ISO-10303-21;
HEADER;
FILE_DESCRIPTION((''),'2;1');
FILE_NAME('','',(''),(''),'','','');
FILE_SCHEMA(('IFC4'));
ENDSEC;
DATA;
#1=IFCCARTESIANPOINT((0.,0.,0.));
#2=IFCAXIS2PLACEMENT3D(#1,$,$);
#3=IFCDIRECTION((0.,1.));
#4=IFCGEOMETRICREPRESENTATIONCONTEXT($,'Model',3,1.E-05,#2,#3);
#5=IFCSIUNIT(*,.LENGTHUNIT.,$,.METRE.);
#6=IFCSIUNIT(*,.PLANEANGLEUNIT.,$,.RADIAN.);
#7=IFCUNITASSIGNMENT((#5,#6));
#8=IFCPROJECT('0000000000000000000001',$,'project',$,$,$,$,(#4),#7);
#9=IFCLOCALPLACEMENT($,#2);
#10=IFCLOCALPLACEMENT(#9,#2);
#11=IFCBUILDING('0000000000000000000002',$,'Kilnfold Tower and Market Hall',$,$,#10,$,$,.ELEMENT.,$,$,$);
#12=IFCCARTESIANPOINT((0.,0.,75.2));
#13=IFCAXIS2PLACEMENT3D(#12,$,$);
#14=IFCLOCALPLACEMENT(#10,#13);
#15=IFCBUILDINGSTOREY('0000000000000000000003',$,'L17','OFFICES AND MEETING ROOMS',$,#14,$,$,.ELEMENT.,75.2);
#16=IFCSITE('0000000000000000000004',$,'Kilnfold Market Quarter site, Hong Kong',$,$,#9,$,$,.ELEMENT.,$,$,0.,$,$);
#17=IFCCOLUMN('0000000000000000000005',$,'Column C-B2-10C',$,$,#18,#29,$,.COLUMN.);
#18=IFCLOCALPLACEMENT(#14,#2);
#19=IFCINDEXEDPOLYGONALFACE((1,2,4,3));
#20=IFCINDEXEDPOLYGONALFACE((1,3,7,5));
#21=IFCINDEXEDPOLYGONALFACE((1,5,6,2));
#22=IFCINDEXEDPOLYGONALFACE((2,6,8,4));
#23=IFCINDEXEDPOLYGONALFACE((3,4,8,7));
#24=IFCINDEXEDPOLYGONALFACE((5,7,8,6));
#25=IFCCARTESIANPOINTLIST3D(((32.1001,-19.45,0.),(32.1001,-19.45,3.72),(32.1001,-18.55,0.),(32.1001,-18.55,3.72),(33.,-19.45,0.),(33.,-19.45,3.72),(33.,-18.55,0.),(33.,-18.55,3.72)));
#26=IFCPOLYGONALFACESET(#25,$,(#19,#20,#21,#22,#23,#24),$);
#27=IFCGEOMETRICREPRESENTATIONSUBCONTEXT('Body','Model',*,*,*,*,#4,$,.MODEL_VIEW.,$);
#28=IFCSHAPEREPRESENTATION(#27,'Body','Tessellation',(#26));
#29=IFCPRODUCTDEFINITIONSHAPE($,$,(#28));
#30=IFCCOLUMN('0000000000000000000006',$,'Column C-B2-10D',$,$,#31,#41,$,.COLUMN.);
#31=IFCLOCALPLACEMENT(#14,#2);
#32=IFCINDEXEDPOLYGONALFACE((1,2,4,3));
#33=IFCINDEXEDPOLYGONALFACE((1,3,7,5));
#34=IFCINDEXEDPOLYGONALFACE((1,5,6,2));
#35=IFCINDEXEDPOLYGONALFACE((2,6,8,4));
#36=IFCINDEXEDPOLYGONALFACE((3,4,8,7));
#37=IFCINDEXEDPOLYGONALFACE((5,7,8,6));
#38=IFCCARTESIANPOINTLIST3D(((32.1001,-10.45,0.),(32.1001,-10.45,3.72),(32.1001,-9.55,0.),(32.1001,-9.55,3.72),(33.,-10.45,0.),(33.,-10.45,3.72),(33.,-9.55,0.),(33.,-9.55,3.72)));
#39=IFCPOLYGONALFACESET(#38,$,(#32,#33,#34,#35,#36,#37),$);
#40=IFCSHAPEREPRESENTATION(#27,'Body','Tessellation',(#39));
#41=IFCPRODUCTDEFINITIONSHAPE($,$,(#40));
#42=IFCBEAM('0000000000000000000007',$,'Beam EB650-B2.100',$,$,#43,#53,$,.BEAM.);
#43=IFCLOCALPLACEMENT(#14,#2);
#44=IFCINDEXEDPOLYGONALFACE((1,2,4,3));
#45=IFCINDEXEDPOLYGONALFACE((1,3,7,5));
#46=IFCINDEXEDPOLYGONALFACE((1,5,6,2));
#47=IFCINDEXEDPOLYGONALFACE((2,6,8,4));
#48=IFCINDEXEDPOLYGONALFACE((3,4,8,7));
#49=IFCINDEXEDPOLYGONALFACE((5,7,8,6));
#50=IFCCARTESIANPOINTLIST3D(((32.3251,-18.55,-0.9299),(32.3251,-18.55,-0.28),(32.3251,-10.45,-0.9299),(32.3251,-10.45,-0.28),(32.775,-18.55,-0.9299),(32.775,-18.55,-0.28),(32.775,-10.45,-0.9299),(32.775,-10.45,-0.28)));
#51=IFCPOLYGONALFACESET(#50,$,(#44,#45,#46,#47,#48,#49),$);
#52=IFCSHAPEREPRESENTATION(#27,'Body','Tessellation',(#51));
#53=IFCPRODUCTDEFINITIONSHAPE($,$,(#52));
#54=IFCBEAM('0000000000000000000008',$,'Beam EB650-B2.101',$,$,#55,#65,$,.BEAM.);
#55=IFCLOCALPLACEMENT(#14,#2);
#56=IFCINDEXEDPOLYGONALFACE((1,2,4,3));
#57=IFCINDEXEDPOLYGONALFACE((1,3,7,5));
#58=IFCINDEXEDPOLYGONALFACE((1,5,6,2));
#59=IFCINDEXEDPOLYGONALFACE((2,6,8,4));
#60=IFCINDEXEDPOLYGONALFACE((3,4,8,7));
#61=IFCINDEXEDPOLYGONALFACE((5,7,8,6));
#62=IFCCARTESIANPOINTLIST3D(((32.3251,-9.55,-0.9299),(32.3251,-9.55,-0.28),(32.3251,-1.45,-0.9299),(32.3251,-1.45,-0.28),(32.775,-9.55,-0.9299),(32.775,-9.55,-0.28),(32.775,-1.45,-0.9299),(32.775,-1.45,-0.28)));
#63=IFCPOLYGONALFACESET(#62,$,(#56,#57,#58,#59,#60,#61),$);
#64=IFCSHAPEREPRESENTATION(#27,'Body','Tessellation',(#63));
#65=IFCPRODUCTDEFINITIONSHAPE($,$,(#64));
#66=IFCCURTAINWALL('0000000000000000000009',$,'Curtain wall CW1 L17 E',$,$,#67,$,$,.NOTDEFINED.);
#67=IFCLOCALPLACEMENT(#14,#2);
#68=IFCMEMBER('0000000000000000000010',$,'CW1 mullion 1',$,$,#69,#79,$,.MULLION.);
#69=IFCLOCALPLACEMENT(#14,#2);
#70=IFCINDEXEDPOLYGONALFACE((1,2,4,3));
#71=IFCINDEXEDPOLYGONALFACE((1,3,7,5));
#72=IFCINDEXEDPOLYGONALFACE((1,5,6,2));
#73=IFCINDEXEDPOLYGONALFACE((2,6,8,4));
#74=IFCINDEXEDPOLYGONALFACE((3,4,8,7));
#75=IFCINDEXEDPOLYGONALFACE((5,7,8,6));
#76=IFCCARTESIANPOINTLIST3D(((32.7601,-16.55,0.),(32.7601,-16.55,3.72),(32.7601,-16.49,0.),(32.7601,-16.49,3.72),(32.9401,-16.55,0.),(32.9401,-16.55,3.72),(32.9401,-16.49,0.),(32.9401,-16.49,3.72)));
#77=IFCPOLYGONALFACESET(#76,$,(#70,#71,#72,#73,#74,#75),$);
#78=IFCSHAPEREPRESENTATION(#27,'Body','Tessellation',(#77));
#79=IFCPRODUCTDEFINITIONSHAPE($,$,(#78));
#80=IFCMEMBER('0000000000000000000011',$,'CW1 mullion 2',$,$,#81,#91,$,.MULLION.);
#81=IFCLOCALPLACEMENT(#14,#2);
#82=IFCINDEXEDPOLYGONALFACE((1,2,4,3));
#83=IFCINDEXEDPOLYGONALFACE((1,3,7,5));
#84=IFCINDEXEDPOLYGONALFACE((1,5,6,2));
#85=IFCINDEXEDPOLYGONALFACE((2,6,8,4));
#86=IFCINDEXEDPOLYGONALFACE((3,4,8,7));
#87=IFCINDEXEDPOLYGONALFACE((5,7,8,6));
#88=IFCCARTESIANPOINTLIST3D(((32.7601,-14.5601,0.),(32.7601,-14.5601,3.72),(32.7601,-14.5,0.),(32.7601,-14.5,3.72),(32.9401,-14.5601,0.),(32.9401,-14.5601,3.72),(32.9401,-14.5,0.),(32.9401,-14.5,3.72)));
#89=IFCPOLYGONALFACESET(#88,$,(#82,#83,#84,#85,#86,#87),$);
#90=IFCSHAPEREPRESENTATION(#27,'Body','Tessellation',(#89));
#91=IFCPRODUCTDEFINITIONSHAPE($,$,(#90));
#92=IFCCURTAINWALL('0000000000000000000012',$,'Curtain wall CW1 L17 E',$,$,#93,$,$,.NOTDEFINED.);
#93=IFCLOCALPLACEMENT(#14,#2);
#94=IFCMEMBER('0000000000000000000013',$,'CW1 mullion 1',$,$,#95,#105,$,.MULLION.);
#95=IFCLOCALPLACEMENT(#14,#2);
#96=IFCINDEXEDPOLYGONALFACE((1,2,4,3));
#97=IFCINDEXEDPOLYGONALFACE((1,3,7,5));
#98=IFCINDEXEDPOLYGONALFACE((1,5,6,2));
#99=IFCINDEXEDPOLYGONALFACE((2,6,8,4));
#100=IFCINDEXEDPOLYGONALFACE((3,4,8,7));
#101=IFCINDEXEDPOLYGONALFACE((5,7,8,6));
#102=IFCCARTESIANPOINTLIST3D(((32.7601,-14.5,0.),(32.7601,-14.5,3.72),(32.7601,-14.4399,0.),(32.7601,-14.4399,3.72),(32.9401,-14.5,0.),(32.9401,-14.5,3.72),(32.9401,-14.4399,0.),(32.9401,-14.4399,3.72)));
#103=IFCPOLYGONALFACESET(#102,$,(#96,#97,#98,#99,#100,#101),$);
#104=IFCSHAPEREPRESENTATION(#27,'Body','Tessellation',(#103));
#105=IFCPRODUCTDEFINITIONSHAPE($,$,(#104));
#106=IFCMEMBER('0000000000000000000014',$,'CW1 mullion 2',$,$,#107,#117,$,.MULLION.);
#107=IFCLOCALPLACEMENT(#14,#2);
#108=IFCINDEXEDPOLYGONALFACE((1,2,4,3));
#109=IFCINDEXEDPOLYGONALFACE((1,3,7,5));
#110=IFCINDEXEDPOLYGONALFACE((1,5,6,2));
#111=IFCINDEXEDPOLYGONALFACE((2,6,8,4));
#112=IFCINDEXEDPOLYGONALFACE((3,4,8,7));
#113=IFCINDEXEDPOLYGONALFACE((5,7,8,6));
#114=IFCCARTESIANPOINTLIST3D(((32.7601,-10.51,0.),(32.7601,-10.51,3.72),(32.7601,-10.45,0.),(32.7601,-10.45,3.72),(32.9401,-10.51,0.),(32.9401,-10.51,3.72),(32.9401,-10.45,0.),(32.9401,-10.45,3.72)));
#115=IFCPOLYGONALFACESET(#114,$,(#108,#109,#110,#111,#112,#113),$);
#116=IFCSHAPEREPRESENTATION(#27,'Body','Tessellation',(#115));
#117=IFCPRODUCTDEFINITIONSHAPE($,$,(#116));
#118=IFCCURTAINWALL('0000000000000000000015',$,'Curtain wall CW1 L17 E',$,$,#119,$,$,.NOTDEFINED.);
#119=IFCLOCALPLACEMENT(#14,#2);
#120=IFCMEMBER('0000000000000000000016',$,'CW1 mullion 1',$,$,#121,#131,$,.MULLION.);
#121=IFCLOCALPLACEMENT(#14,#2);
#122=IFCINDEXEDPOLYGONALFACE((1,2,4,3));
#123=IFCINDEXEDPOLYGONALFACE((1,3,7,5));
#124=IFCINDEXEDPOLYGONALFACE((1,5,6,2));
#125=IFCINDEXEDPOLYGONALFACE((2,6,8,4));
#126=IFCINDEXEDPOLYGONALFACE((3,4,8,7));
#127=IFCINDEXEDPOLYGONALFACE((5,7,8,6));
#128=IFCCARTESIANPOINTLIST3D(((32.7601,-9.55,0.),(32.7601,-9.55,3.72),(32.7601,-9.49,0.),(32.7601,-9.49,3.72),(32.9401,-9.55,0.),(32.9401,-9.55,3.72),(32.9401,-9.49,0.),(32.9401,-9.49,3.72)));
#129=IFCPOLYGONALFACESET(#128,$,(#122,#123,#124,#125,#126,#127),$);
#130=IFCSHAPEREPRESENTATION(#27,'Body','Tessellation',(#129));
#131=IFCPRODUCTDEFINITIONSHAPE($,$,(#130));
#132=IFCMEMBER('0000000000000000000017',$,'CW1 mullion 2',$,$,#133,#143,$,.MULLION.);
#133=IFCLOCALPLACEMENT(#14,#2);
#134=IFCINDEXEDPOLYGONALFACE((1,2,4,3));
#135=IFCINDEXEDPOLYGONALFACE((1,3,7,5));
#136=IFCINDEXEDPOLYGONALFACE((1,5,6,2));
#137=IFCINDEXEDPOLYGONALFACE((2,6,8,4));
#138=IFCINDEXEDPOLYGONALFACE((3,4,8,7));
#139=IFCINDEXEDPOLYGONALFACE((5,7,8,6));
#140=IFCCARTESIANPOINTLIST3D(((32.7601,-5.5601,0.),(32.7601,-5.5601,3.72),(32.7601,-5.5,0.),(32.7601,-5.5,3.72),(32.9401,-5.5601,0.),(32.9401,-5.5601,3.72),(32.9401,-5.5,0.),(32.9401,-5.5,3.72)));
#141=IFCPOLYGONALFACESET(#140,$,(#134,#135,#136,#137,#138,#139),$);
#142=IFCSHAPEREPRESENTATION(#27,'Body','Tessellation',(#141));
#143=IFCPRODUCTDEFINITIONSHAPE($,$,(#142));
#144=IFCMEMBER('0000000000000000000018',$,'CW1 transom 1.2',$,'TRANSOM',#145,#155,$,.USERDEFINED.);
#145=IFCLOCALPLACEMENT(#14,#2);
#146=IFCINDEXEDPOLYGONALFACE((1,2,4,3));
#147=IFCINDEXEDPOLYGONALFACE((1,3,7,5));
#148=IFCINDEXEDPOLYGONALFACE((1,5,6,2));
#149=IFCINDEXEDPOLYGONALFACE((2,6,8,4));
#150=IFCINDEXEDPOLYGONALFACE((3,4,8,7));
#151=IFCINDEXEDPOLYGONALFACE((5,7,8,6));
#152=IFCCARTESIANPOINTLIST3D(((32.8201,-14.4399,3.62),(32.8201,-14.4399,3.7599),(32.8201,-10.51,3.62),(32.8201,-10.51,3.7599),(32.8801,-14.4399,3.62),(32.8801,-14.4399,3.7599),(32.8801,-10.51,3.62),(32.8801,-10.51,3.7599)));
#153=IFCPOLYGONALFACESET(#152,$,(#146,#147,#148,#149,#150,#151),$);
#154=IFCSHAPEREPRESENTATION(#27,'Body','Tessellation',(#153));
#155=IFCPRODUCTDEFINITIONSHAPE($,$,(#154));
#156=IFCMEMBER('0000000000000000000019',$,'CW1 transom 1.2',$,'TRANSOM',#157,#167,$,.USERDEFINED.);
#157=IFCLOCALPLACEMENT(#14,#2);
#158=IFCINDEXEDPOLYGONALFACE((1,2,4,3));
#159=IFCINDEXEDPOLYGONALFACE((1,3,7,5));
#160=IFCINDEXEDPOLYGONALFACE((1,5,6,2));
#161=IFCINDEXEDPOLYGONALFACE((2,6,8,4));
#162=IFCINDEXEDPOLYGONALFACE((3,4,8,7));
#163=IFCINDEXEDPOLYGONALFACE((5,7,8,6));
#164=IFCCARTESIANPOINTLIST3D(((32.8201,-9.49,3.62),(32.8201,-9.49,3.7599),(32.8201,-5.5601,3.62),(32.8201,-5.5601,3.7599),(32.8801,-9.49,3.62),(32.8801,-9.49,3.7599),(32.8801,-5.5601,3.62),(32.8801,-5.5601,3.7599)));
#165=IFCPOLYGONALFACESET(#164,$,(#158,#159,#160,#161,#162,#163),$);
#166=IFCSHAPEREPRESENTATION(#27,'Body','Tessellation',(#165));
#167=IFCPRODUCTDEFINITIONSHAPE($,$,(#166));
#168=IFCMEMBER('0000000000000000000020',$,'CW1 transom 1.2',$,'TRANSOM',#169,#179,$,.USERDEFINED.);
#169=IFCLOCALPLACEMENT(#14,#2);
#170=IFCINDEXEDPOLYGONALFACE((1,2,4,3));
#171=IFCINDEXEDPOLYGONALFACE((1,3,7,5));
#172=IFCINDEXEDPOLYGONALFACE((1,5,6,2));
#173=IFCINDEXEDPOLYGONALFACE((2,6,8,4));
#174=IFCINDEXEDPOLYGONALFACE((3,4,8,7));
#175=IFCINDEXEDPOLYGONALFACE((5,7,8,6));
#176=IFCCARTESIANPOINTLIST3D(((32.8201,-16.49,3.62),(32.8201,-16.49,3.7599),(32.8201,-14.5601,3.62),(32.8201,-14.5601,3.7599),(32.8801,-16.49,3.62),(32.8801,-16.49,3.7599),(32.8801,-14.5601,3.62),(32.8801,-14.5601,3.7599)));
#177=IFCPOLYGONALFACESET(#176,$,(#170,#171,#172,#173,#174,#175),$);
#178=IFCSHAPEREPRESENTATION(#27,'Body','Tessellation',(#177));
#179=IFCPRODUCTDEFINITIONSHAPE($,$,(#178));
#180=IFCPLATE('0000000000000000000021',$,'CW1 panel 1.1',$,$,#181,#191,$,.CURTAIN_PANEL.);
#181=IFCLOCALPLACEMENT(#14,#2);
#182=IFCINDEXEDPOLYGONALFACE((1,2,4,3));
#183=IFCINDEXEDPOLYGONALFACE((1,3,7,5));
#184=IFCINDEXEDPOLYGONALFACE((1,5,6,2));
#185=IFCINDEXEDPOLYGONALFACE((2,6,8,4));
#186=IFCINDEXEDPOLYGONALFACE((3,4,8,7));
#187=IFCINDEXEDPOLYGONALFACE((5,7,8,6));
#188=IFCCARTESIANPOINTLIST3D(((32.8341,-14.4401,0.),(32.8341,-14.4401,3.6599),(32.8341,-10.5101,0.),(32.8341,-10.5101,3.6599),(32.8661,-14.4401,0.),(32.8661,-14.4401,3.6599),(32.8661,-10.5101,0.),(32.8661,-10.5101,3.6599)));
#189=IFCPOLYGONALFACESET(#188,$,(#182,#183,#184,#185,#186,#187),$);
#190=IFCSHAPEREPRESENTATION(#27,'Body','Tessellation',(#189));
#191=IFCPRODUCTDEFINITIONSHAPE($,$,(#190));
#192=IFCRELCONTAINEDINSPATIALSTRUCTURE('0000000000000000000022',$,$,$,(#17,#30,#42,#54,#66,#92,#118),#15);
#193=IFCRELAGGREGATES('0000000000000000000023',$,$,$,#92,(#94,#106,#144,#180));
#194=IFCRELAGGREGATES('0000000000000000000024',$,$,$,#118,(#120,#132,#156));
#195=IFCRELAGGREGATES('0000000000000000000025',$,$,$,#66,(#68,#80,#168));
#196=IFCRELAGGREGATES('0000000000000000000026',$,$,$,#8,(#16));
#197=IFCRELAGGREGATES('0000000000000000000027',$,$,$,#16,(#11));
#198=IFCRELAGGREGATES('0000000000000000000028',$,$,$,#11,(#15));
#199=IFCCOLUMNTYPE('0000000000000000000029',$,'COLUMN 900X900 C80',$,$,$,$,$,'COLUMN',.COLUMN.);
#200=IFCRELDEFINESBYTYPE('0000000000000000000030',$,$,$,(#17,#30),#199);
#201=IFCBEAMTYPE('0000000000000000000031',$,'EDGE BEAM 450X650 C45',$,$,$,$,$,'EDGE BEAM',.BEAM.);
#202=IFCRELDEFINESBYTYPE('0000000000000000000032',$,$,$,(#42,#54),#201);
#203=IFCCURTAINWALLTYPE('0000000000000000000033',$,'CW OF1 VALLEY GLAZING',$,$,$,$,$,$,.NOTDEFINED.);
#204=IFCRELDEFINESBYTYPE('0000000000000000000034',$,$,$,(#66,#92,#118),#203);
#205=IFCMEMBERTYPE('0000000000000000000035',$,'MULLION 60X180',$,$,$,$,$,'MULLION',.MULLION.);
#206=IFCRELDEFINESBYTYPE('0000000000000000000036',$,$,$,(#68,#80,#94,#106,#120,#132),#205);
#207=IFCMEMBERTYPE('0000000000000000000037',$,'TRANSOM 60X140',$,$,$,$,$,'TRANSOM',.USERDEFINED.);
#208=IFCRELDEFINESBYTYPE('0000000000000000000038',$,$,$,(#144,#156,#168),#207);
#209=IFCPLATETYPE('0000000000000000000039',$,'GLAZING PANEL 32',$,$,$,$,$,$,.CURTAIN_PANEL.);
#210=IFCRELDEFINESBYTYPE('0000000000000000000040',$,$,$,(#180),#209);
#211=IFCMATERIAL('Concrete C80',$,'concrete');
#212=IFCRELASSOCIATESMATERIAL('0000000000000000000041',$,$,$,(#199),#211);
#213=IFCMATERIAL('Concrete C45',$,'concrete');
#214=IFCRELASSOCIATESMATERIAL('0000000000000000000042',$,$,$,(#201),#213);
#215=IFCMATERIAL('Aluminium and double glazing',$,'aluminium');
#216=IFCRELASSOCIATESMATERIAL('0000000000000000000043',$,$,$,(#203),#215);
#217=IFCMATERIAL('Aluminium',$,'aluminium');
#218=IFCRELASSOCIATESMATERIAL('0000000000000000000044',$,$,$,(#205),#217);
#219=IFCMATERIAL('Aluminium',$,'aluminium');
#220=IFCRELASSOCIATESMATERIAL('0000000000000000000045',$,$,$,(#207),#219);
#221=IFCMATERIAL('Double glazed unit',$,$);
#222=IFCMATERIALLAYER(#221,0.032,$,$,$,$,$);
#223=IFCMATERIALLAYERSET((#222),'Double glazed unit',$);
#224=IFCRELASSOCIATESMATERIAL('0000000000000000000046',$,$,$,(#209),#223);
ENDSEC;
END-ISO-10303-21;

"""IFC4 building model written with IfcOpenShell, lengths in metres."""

from ifc_helpers import new_model, si_unit, direction, frame, origin, origin_2d, place, context, subcontext, project, spatial, rectangle, extrude, source, transform, mapped, material, layer, layer_set, material_profile, profile_set, type_object, element, aggregate, save


model = new_model("IFC4")

# Units and contexts
model_context = context("Model", 3, precision=1e-05, world=origin(), true_north=direction((0.0, 1.0)))
body_context = subcontext(model_context, "Body", "Model", "MODEL_VIEW")
ifc_project = project(units=[si_unit("LENGTHUNIT", "METRE"), si_unit("PLANEANGLEUNIT", "RADIAN")], contexts=[model_context])

# Site, building, storey
site_placement = place(None, origin())
site = spatial("IfcSite", under=ifc_project, at=site_placement, Name="Kilnfold Market Quarter site, Hong Kong", CompositionType="ELEMENT", RefElevation=0.0)
building_placement = place(site_placement, origin())
building = spatial("IfcBuilding", under=site, at=building_placement, Name="Kilnfold Tower and Market Hall", CompositionType="ELEMENT")
storey_placement = place(building_placement, frame((0.0, 0.0, 75.2)))
storey = spatial("IfcBuildingStorey", under=building, at=storey_placement, Name="L17", Description="OFFICES AND MEETING ROOMS", CompositionType="ELEMENT", Elevation=75.2)

# Columns
ifc_material_1 = material(Name="Concrete C80", Category="concrete")
ifc_material_profile_1 = material_profile(ifc_material_1, rectangle(XDim=0.8999, YDim=0.8999, at=origin_2d()), Name="RC 900x900")
ifc_profile_set_1 = profile_set([ifc_material_profile_1], Name="Concrete C80")
column_type = type_object("IfcColumnType", Name="COLUMN 900X900 C80", ElementType="COLUMN", PredefinedType="COLUMN", material=ifc_profile_set_1)
shared_shape_1 = source(origin(), body_context, "Body", "SweptSolid", [
    extrude(rectangle(XDim=0.8999, YDim=0.8999, at=origin_2d()), origin(), (0.0, 0.0, 1.0), 3.72),
])
for number, where, z_axis, x_axis, name in (
    (1, (32.55, -19.0, 0.0), (0.0, 0.0, 1.0), (1.0, 0.0, 0.0), "Column C-B2-10C"),
    (2, (32.55, -10.0, 0.0), (0.0, 0.0, 1.0), (1.0, 0.0, 0.0), "Column C-B2-10D"),
):
    element("IfcColumn", number, at=place(storey_placement, frame(where, z_axis=z_axis, x_axis=x_axis)), inside=storey, type_object=column_type, Name=name, PredefinedType="COLUMN", context=body_context, shape_type="MappedRepresentation", body=[
        mapped(shared_shape_1, transform((0.0, 0.0, 0.0))),
    ])

# Beams
ifc_material_2 = material(Name="Concrete C45", Category="concrete")
ifc_material_profile_2 = material_profile(ifc_material_2, rectangle(XDim=0.45, YDim=0.6499, at=origin_2d()), Name="RC 450x650")
ifc_profile_set_2 = profile_set([ifc_material_profile_2], Name="Concrete C45")
beam_type = type_object("IfcBeamType", Name="EDGE BEAM 450X650 C45", ElementType="EDGE BEAM", PredefinedType="BEAM", material=ifc_profile_set_2)
shared_shape_2 = source(origin(), body_context, "Body", "SweptSolid", [
    extrude(rectangle(XDim=0.45, YDim=0.6499, at=origin_2d()), origin(), (0.0, 0.0, 1.0), 8.1001),
])
for number, where, z_axis, x_axis, name in (
    (3, (32.55, -18.55, -0.605), (0.0, 1.0, 0.0), (-1.0, 0.0, 0.0), "Beam EB650-B2.100"),
    (4, (32.55, -9.55, -0.605), (0.0, 1.0, 0.0), (-1.0, 0.0, 0.0), "Beam EB650-B2.101"),
):
    element("IfcBeam", number, at=place(storey_placement, frame(where, z_axis=z_axis, x_axis=x_axis)), inside=storey, type_object=beam_type, Name=name, PredefinedType="BEAM", context=body_context, shape_type="MappedRepresentation", body=[
        mapped(shared_shape_2, transform((0.0, 0.0, 0.0))),
    ])

# Curtain walls, members
ifc_material_3 = material(Name="Aluminium and double glazing", Category="aluminium")
curtain_wall_type = type_object("IfcCurtainWallType", Name="CW OF1 VALLEY GLAZING", PredefinedType="NOTDEFINED", material=ifc_material_3)
curtain_wall_1_placement = place(storey_placement, origin())
curtain_wall_1 = element("IfcCurtainWall", 5, at=curtain_wall_1_placement, inside=storey, type_object=curtain_wall_type, Name="Curtain wall CW1 L17 E", PredefinedType="NOTDEFINED")
ifc_material_4 = material(Name="Aluminium", Category="aluminium")
ifc_material_profile_3 = material_profile(ifc_material_4, rectangle(XDim=0.0601, YDim=0.1799, at=origin_2d()), Name="MULLION 60x180")
ifc_profile_set_3 = profile_set([ifc_material_profile_3], Name="Aluminium")
member_type_1 = type_object("IfcMemberType", Name="MULLION 60X180", ElementType="MULLION", PredefinedType="MULLION", material=ifc_profile_set_3)
shared_shape_3 = source(origin(), body_context, "Body", "SweptSolid", [
    extrude(rectangle(XDim=0.0601, YDim=0.1799, at=origin_2d()), origin(), (0.0, 0.0, 1.0), 3.72),
])
member_1_placement = place(storey_placement, frame((32.8501, -16.52, 0.0), z_axis=(0.0, 0.0, 1.0), x_axis=(0.0, 1.0, 0.0)))
member_1 = element("IfcMember", 6, at=member_1_placement, type_object=member_type_1, Name="CW1 mullion 1", PredefinedType="MULLION", context=body_context, shape_type="MappedRepresentation", body=[
    mapped(shared_shape_3, transform((0.0, 0.0, 0.0))),
])
member_2_placement = place(storey_placement, frame((32.8501, -14.53, 0.0), z_axis=(0.0, 0.0, 1.0), x_axis=(0.0, 1.0, 0.0)))
member_2 = element("IfcMember", 7, at=member_2_placement, type_object=member_type_1, Name="CW1 mullion 2", PredefinedType="MULLION", context=body_context, shape_type="MappedRepresentation", body=[
    mapped(shared_shape_3, transform((0.0, 0.0, 0.0))),
])
curtain_wall_2_placement = place(storey_placement, origin())
curtain_wall_2 = element("IfcCurtainWall", 8, at=curtain_wall_2_placement, inside=storey, type_object=curtain_wall_type, Name="Curtain wall CW1 L17 E", PredefinedType="NOTDEFINED")
member_3_placement = place(storey_placement, frame((32.8501, -14.47, 0.0), z_axis=(0.0, 0.0, 1.0), x_axis=(0.0, 1.0, 0.0)))
member_3 = element("IfcMember", 9, at=member_3_placement, type_object=member_type_1, Name="CW1 mullion 1", PredefinedType="MULLION", context=body_context, shape_type="MappedRepresentation", body=[
    mapped(shared_shape_3, transform((0.0, 0.0, 0.0))),
])
member_4_placement = place(storey_placement, frame((32.8501, -10.48, 0.0), z_axis=(0.0, 0.0, 1.0), x_axis=(0.0, 1.0, 0.0)))
member_4 = element("IfcMember", 10, at=member_4_placement, type_object=member_type_1, Name="CW1 mullion 2", PredefinedType="MULLION", context=body_context, shape_type="MappedRepresentation", body=[
    mapped(shared_shape_3, transform((0.0, 0.0, 0.0))),
])
curtain_wall_3_placement = place(storey_placement, origin())
curtain_wall_3 = element("IfcCurtainWall", 11, at=curtain_wall_3_placement, inside=storey, type_object=curtain_wall_type, Name="Curtain wall CW1 L17 E", PredefinedType="NOTDEFINED")
member_5_placement = place(storey_placement, frame((32.8501, -9.52, 0.0), z_axis=(0.0, 0.0, 1.0), x_axis=(0.0, 1.0, 0.0)))
member_5 = element("IfcMember", 12, at=member_5_placement, type_object=member_type_1, Name="CW1 mullion 1", PredefinedType="MULLION", context=body_context, shape_type="MappedRepresentation", body=[
    mapped(shared_shape_3, transform((0.0, 0.0, 0.0))),
])
member_6_placement = place(storey_placement, frame((32.8501, -5.53, 0.0), z_axis=(0.0, 0.0, 1.0), x_axis=(0.0, 1.0, 0.0)))
member_6 = element("IfcMember", 13, at=member_6_placement, type_object=member_type_1, Name="CW1 mullion 2", PredefinedType="MULLION", context=body_context, shape_type="MappedRepresentation", body=[
    mapped(shared_shape_3, transform((0.0, 0.0, 0.0))),
])

# Members
ifc_material_5 = material(Name="Aluminium", Category="aluminium")
ifc_material_profile_4 = material_profile(ifc_material_5, rectangle(XDim=0.0601, YDim=0.1399, at=origin_2d()), Name="TRANSOM 60x140")
ifc_profile_set_4 = profile_set([ifc_material_profile_4], Name="Aluminium")
member_type_2 = type_object("IfcMemberType", Name="TRANSOM 60X140", ElementType="TRANSOM", PredefinedType="USERDEFINED", material=ifc_profile_set_4)
shared_shape_4 = source(origin(), body_context, "Body", "SweptSolid", [
    extrude(rectangle(XDim=0.0601, YDim=0.1399, at=origin_2d()), origin(), (0.0, 0.0, 1.0), 3.9299),
])
member_7_placement = place(storey_placement, frame((32.8501, -14.4399, 3.6899), z_axis=(0.0, 1.0, 0.0), x_axis=(-1.0, 0.0, 0.0)))
member_7 = element("IfcMember", 14, at=member_7_placement, type_object=member_type_2, Name="CW1 transom 1.2", ObjectType="TRANSOM", PredefinedType="USERDEFINED", context=body_context, shape_type="MappedRepresentation", body=[
    mapped(shared_shape_4, transform((0.0, 0.0, 0.0))),
])
member_8_placement = place(storey_placement, frame((32.8501, -9.49, 3.6899), z_axis=(0.0, 1.0, 0.0), x_axis=(-1.0, 0.0, 0.0)))
member_8 = element("IfcMember", 15, at=member_8_placement, type_object=member_type_2, Name="CW1 transom 1.2", ObjectType="TRANSOM", PredefinedType="USERDEFINED", context=body_context, shape_type="MappedRepresentation", body=[
    mapped(shared_shape_4, transform((0.0, 0.0, 0.0))),
])
shared_shape_5 = source(origin(), body_context, "Body", "SweptSolid", [
    extrude(rectangle(XDim=0.0601, YDim=0.1399, at=origin_2d()), origin(), (0.0, 0.0, 1.0), 1.9299),
])
member_9_placement = place(storey_placement, frame((32.8501, -16.49, 3.6899), z_axis=(0.0, 1.0, 0.0), x_axis=(-1.0, 0.0, 0.0)))
member_9 = element("IfcMember", 16, at=member_9_placement, type_object=member_type_2, Name="CW1 transom 1.2", ObjectType="TRANSOM", PredefinedType="USERDEFINED", context=body_context, shape_type="MappedRepresentation", body=[
    mapped(shared_shape_5, transform((0.0, 0.0, 0.0))),
])

# Plate
ifc_material_6 = material(Name="Double glazed unit")
ifc_layer_1 = layer(ifc_material_6, 0.032)
ifc_layer_set_1 = layer_set([ifc_layer_1], Name="Double glazed unit")
plate_type = type_object("IfcPlateType", Name="GLAZING PANEL 32", PredefinedType="CURTAIN_PANEL", material=ifc_layer_set_1)
shared_shape_6 = source(origin(), body_context, "Body", "SweptSolid", [
    extrude(rectangle(XDim=3.9299, YDim=0.032, at=origin_2d()), origin(), (0.0, 0.0, 1.0), 3.6599),
])
plate_1_placement = place(storey_placement, frame((32.8501, -12.4751, 0.0), z_axis=(0.0, 0.0, 1.0), x_axis=(0.0, 1.0, 0.0)))
plate_1 = element("IfcPlate", 17, at=plate_1_placement, type_object=plate_type, Name="CW1 panel 1.1", PredefinedType="CURTAIN_PANEL", context=body_context, shape_type="MappedRepresentation", body=[
    mapped(shared_shape_6, transform((0.0, 0.0, 0.0))),
])
aggregate(curtain_wall_2, [member_3, member_4, member_7, plate_1])
aggregate(curtain_wall_3, [member_5, member_6, member_8])
aggregate(curtain_wall_1, [member_1, member_2, member_9])

save(model, "model.ifc")
